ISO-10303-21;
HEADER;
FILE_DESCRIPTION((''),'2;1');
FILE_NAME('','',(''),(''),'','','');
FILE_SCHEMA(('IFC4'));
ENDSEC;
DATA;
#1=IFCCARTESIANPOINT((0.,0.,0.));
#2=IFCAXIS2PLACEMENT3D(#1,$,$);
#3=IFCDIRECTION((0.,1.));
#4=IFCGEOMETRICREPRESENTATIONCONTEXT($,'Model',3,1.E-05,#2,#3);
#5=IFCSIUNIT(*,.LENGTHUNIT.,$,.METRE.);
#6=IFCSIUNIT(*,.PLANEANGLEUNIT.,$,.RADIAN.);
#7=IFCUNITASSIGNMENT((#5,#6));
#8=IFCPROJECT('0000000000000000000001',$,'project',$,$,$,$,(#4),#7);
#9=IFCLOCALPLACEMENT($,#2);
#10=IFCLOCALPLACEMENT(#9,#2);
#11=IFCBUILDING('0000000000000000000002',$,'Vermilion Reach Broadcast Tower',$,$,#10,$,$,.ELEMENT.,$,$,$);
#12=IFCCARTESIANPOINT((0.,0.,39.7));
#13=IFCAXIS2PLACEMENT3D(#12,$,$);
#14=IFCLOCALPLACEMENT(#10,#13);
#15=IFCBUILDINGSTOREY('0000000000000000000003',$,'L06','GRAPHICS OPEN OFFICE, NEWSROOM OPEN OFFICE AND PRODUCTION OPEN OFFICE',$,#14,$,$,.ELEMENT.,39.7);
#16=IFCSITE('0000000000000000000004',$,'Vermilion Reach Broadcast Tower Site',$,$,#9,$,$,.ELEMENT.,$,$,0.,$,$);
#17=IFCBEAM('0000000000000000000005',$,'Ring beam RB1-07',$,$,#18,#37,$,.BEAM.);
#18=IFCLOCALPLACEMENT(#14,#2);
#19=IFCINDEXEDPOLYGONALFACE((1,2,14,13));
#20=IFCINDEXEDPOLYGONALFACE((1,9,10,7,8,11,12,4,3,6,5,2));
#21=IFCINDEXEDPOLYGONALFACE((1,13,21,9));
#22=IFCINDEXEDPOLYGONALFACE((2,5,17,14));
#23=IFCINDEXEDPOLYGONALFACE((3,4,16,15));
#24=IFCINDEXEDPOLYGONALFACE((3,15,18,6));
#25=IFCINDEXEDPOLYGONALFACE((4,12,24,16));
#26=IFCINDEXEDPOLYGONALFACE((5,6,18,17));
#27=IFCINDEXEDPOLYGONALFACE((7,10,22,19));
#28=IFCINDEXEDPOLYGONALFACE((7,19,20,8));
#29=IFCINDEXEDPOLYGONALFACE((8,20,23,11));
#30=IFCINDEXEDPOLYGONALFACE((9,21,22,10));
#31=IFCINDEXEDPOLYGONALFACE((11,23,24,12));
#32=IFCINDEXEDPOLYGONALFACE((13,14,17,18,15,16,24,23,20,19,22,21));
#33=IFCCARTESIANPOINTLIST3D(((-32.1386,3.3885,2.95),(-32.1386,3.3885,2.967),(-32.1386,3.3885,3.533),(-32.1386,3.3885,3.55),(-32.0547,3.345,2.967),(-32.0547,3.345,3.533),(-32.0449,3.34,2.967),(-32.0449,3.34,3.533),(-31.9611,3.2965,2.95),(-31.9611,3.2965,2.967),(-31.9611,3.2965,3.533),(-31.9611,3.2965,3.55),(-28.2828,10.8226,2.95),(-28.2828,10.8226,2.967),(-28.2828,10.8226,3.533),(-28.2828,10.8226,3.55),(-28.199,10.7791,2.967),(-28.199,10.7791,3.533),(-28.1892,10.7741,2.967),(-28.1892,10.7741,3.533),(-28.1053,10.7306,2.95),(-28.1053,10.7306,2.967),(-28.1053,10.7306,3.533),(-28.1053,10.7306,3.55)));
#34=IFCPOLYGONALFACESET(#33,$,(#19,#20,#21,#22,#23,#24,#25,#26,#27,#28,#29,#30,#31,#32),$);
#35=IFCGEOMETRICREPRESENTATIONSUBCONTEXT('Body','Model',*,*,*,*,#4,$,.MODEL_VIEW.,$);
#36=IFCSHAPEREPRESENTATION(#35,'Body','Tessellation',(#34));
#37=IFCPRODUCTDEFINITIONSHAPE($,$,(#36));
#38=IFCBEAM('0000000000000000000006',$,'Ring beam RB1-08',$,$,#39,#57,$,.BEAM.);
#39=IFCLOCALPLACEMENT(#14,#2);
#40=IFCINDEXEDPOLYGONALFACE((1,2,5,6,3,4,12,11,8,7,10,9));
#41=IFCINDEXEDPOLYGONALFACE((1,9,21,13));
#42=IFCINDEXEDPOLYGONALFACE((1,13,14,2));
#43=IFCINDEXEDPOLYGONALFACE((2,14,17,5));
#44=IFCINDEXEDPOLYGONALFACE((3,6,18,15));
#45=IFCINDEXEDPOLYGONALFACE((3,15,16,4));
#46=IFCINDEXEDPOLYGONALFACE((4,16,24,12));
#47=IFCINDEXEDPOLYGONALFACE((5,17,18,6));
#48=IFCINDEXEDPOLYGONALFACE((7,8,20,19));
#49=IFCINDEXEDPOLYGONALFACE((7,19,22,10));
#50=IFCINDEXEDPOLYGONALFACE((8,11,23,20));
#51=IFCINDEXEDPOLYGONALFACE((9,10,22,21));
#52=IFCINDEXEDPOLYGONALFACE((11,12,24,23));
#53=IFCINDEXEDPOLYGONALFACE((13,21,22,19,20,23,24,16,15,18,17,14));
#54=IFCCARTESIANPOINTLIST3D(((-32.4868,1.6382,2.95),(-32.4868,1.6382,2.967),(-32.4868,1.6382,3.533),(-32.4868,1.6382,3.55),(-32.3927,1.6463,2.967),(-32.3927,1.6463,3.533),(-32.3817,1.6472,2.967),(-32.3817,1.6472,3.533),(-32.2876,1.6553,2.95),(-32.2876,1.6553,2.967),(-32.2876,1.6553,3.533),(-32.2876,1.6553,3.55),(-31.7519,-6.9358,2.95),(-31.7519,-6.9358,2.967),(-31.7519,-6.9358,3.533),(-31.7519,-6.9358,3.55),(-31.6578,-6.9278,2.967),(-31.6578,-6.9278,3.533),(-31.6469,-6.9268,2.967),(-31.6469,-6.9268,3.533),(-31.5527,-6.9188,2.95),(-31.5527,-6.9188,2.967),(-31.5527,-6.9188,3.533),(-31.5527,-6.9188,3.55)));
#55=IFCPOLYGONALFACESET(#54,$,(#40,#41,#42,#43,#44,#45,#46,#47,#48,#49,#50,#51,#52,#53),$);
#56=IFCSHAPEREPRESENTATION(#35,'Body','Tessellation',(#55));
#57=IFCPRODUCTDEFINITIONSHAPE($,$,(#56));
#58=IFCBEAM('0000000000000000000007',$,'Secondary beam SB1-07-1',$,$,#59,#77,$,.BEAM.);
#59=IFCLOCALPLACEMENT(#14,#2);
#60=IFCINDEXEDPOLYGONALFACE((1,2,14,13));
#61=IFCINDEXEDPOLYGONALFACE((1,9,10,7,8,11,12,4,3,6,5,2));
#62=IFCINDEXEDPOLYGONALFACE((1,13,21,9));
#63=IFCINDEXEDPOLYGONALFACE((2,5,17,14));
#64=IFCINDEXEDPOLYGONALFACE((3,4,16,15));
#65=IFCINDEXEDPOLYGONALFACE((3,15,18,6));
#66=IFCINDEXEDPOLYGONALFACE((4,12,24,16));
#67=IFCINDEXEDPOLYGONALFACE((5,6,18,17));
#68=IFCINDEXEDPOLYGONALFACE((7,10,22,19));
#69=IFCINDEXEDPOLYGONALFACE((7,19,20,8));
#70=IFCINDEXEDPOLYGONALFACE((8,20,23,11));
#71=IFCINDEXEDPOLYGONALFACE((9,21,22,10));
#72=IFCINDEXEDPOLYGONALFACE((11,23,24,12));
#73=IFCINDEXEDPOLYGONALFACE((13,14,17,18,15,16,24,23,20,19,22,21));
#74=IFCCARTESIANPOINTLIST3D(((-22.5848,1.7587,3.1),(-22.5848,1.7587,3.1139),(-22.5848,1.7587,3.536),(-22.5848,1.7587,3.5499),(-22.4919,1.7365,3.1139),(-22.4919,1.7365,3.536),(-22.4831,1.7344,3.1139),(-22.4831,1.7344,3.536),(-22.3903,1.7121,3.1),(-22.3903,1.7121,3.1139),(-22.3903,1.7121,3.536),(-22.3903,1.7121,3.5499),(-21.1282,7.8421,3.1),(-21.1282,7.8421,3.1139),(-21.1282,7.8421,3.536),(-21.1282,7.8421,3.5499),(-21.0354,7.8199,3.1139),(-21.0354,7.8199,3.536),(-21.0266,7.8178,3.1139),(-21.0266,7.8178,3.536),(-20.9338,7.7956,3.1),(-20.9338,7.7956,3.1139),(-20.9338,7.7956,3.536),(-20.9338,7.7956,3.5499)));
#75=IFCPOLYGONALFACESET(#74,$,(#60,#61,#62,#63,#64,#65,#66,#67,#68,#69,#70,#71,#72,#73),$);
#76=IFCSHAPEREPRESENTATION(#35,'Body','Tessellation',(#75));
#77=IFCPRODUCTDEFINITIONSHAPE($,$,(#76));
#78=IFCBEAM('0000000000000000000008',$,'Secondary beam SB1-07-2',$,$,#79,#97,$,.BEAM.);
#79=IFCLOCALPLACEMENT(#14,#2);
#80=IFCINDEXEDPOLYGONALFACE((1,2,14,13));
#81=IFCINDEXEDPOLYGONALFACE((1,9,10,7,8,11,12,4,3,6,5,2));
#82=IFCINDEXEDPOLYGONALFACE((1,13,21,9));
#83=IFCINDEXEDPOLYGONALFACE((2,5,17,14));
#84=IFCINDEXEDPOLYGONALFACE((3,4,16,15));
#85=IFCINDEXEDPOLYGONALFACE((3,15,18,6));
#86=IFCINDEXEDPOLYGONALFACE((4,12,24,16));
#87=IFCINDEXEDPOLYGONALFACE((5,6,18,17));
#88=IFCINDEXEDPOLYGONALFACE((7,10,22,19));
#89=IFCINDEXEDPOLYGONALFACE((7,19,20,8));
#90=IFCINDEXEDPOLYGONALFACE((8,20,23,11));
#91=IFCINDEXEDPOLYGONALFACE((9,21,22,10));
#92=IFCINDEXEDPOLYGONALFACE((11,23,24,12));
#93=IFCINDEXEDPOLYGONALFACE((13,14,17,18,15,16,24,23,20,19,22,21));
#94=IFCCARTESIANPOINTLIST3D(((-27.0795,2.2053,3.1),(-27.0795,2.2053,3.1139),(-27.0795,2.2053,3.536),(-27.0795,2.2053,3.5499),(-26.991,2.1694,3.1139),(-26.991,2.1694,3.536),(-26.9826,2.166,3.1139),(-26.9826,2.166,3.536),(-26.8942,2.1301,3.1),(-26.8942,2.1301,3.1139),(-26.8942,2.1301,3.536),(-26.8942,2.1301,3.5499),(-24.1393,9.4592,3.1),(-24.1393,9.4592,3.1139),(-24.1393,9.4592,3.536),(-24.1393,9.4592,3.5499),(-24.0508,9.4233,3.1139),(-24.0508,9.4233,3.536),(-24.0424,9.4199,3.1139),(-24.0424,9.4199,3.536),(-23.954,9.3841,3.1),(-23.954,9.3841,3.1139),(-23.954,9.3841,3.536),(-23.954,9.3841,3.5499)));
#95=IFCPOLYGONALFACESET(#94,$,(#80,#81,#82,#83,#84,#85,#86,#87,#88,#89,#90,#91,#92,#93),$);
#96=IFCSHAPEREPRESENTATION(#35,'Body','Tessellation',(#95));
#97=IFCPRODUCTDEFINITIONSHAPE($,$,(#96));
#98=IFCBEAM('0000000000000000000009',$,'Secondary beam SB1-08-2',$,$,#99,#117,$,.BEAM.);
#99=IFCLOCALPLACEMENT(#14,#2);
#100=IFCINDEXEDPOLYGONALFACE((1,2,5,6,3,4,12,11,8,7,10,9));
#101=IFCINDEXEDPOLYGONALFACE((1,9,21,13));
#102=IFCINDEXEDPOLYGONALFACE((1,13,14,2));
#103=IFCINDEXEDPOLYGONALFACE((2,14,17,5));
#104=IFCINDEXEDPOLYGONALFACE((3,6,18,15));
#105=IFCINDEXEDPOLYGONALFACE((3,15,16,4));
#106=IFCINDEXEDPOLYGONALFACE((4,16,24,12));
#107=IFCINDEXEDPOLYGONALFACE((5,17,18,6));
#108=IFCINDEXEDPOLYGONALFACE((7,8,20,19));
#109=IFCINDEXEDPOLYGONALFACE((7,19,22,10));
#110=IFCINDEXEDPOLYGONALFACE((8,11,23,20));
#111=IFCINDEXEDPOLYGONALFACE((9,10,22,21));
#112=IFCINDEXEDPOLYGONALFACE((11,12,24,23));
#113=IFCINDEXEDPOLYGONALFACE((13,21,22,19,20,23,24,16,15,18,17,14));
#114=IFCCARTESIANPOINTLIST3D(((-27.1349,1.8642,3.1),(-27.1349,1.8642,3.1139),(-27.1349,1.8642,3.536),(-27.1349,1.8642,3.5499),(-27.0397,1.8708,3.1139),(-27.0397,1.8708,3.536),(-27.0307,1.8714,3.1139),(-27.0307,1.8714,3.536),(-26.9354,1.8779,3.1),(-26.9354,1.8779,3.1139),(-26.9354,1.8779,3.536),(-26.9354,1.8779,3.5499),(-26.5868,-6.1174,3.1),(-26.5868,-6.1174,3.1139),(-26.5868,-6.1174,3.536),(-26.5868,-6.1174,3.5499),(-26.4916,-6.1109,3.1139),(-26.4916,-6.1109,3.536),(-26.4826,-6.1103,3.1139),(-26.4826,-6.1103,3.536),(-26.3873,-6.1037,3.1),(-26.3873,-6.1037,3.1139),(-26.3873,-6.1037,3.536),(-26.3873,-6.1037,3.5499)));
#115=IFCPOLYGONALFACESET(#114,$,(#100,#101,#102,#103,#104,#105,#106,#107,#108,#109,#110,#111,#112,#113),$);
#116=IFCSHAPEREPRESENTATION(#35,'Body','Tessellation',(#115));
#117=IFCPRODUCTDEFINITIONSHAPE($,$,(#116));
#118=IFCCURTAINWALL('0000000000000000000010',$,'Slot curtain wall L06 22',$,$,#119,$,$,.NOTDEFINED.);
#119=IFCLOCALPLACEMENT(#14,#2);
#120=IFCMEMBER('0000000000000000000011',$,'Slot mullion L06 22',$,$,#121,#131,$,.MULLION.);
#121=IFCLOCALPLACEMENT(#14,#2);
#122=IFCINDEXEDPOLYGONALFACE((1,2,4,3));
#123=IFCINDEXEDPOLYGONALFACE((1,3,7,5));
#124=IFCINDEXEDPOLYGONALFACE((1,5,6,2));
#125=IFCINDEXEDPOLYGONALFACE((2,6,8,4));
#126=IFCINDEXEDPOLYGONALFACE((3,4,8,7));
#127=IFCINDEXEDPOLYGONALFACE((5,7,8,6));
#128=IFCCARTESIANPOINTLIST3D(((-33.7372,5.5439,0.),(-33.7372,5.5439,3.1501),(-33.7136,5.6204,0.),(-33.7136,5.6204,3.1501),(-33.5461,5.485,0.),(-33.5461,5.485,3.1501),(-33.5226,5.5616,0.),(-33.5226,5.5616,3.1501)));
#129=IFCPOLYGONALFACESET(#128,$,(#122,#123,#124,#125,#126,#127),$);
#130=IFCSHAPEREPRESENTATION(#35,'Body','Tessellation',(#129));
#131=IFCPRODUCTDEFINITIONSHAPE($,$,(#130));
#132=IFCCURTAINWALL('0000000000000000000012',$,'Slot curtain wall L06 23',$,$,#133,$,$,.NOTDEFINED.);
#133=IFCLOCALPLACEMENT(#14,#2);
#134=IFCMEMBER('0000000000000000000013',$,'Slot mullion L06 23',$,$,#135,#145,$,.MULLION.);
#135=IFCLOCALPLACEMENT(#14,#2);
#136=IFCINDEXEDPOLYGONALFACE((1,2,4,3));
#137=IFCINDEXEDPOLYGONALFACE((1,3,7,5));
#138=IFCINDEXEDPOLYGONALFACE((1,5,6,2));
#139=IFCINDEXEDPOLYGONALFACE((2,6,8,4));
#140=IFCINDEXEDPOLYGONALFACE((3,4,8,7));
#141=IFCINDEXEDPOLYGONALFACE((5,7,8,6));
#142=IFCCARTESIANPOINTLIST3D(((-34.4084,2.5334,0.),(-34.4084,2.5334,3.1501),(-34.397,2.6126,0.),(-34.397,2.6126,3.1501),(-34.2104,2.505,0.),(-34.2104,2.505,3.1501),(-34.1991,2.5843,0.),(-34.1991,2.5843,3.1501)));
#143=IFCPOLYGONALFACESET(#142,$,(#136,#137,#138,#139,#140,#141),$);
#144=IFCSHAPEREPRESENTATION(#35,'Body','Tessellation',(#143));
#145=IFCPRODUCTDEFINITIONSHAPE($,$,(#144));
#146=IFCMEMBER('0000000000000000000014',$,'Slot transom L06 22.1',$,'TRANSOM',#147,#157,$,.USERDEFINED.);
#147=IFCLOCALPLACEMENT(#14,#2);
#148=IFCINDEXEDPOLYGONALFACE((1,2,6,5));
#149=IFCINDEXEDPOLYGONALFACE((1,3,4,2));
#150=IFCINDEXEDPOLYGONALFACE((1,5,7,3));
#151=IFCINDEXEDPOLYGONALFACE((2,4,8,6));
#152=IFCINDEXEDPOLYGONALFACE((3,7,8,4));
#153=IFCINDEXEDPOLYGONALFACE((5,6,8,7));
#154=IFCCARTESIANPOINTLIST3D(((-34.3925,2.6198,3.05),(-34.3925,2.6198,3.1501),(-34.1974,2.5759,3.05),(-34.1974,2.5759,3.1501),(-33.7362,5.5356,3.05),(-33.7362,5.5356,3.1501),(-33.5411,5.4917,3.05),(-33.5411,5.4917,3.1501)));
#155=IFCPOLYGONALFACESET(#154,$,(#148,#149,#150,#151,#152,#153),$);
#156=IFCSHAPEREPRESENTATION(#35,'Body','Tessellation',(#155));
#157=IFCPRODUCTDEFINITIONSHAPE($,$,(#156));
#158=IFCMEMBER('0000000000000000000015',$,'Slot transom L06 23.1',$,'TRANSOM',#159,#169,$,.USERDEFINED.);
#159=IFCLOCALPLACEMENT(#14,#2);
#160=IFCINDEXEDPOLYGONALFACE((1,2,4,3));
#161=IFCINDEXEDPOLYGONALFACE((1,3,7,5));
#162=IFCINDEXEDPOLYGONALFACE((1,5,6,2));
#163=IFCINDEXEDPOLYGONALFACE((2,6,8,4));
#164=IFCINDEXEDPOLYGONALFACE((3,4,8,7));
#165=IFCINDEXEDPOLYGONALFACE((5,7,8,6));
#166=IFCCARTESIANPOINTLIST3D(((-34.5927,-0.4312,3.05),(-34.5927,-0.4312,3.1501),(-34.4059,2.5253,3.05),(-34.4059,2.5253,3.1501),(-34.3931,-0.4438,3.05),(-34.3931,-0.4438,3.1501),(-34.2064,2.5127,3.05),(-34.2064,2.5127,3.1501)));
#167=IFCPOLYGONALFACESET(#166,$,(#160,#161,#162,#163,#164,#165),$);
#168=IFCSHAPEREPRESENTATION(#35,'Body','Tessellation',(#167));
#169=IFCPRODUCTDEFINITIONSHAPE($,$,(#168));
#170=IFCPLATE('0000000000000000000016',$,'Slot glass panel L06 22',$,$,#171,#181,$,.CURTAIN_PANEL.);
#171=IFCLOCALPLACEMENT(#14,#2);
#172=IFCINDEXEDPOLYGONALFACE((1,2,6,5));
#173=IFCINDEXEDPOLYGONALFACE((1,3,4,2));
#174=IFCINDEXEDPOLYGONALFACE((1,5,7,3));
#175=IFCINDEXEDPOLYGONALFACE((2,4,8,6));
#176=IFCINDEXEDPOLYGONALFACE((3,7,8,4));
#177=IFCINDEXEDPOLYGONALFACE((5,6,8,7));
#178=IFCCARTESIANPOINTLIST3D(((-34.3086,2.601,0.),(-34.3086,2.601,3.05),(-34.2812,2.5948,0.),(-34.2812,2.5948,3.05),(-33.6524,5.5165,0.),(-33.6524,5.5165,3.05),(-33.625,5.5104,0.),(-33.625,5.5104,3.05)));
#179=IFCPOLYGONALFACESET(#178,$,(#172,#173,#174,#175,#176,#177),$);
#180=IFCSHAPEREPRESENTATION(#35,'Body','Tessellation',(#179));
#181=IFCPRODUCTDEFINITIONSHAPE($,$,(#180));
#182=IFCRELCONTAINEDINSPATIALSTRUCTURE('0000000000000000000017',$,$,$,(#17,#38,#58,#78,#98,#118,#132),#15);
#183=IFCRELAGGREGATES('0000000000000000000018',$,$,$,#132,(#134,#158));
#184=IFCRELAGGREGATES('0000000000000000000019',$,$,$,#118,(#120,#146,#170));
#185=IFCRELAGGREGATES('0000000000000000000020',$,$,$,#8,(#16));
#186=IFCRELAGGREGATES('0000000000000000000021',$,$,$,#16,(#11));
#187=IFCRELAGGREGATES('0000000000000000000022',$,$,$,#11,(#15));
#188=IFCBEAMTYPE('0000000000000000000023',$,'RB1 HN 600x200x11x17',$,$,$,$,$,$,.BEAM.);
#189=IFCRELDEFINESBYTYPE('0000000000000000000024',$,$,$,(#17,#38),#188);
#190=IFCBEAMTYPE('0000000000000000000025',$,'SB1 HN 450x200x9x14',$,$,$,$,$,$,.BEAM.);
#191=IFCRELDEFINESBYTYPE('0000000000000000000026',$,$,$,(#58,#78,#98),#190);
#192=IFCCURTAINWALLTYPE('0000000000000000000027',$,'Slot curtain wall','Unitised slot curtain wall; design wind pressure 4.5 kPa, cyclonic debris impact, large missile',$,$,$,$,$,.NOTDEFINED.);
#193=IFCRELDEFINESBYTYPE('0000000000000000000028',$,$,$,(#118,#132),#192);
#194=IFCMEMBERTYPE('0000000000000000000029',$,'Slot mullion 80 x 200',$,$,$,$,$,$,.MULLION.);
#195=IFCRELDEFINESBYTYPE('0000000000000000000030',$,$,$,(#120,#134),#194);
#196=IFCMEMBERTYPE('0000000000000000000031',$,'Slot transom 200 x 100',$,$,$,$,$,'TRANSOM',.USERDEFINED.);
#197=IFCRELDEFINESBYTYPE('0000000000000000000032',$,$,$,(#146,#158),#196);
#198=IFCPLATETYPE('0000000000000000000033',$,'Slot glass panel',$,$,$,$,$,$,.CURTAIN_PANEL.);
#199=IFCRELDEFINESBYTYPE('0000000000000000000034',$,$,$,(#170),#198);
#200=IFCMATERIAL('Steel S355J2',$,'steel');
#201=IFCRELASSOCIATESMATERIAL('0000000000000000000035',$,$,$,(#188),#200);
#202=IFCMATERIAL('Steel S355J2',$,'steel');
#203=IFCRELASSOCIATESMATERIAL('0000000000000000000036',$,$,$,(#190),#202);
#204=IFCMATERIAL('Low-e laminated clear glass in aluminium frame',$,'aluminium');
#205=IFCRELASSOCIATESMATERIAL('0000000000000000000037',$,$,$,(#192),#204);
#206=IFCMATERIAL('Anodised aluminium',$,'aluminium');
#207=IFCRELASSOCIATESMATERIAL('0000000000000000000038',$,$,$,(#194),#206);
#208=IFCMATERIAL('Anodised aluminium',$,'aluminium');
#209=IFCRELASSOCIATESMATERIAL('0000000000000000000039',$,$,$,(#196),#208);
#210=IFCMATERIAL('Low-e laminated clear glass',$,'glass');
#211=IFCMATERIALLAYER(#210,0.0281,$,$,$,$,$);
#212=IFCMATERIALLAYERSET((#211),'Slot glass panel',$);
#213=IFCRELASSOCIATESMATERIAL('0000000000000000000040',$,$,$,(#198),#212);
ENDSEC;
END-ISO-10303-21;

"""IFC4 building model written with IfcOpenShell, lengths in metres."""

from ifc_helpers import new_model, si_unit, direction, frame, origin, origin_2d, place, context, subcontext, project, spatial, rectangle, i_section, extrude, material, layer, layer_set, material_profile, profile_set, type_object, element, aggregate, save


model = new_model("IFC4")

# Units and contexts
model_context = context("Model", 3, precision=1e-05, world=origin(), true_north=direction((0.0, 1.0)))
body_context = subcontext(model_context, "Body", "Model", "MODEL_VIEW")
ifc_project = project(units=[si_unit("LENGTHUNIT", "METRE"), si_unit("PLANEANGLEUNIT", "RADIAN")], contexts=[model_context])

# Site, building, storey
site_placement = place(None, origin())
site = spatial("IfcSite", under=ifc_project, at=site_placement, Name="Vermilion Reach Broadcast Tower Site", CompositionType="ELEMENT", RefElevation=0.0)
building_placement = place(site_placement, origin())
building = spatial("IfcBuilding", under=site, at=building_placement, Name="Vermilion Reach Broadcast Tower", CompositionType="ELEMENT")
storey_placement = place(building_placement, frame((0.0, 0.0, 39.7)))
storey = spatial("IfcBuildingStorey", under=building, at=storey_placement, Name="L06", Description="GRAPHICS OPEN OFFICE, NEWSROOM OPEN OFFICE AND PRODUCTION OPEN OFFICE", CompositionType="ELEMENT", Elevation=39.7)

# Beams
ifc_material_1 = material(Name="Steel S355J2", Category="steel")
ifc_material_profile_1 = material_profile(ifc_material_1, i_section(OverallWidth=0.2, OverallDepth=0.6001, WebThickness=0.011, FlangeThickness=0.0171, at=origin_2d()), Name="S355J2 HN 600x200x11x17")
ifc_profile_set_1 = profile_set([ifc_material_profile_1], Name="Steel S355J2")
beam_type_1 = type_object("IfcBeamType", Name="RB1 HN 600x200x11x17", PredefinedType="BEAM", material=ifc_profile_set_1)
beam_1_placement = place(storey_placement, frame((-28.1941, 10.7766, 3.25), z_axis=(-0.460412, -0.887706, 0.0), x_axis=(0.887706, -0.460412, 0.0)))
element("IfcBeam", 1, at=beam_1_placement, inside=storey, type_object=beam_type_1, Name="Ring beam RB1-07", PredefinedType="BEAM", context=body_context, shape_type="SweptSolid", body=[
    extrude(i_section(OverallWidth=0.2, OverallDepth=0.6001, WebThickness=0.011, FlangeThickness=0.0171, at=origin_2d()), origin(), (0.0, 0.0, 1.0), 8.3745),
])
beam_2_placement = place(storey_placement, frame((-32.3872, 1.6467, 3.25), z_axis=(0.085396, -0.996347, 0.0), x_axis=(0.996347, 0.085396, 0.0)))
element("IfcBeam", 2, at=beam_2_placement, inside=storey, type_object=beam_type_1, Name="Ring beam RB1-08", PredefinedType="BEAM", context=body_context, shape_type="SweptSolid", body=[
    extrude(i_section(OverallWidth=0.2, OverallDepth=0.6001, WebThickness=0.011, FlangeThickness=0.0171, at=origin_2d()), origin(), (0.0, 0.0, 1.0), 8.6055),
])
ifc_material_2 = material(Name="Steel S355J2", Category="steel")
ifc_material_profile_2 = material_profile(ifc_material_2, i_section(OverallWidth=0.2, OverallDepth=0.45, WebThickness=0.009, FlangeThickness=0.0139, at=origin_2d()), Name="S355J2 HN 450x200x9x14")
ifc_profile_set_2 = profile_set([ifc_material_profile_2], Name="Steel S355J2")
beam_type_2 = type_object("IfcBeamType", Name="SB1 HN 450x200x9x14", PredefinedType="BEAM", material=ifc_profile_set_2)
beam_3_placement = place(storey_placement, frame((-21.031, 7.8188, 3.325), z_axis=(-0.232844, -0.972514, 0.0), x_axis=(0.972514, -0.232844, 0.0)))
element("IfcBeam", 3, at=beam_3_placement, inside=storey, type_object=beam_type_2, Name="Secondary beam SB1-07-1", PredefinedType="BEAM", context=body_context, shape_type="SweptSolid", body=[
    extrude(i_section(OverallWidth=0.2, OverallDepth=0.45, WebThickness=0.009, FlangeThickness=0.0139, at=origin_2d()), origin(), (0.0, 0.0, 1.0), 6.2554),
])
beam_4_placement = place(storey_placement, frame((-24.0466, 9.4216, 3.325), z_axis=(-0.375641, -0.926765, 0.0), x_axis=(0.926765, -0.375641, 0.0)))
element("IfcBeam", 4, at=beam_4_placement, inside=storey, type_object=beam_type_2, Name="Secondary beam SB1-07-2", PredefinedType="BEAM", context=body_context, shape_type="SweptSolid", body=[
    extrude(i_section(OverallWidth=0.2, OverallDepth=0.45, WebThickness=0.009, FlangeThickness=0.0139, at=origin_2d()), origin(), (0.0, 0.0, 1.0), 7.8271),
])
beam_5_placement = place(storey_placement, frame((-27.0352, 1.8711, 3.325), z_axis=(0.068508, -0.997651, 0.0), x_axis=(0.997651, 0.068508, 0.0)))
element("IfcBeam", 5, at=beam_5_placement, inside=storey, type_object=beam_type_2, Name="Secondary beam SB1-08-2", PredefinedType="BEAM", context=body_context, shape_type="SweptSolid", body=[
    extrude(i_section(OverallWidth=0.2, OverallDepth=0.45, WebThickness=0.009, FlangeThickness=0.0139, at=origin_2d()), origin(), (0.0, 0.0, 1.0), 8.0005),
])

# Curtain walls, members
ifc_material_3 = material(Name="Low-e laminated clear glass in aluminium frame", Category="aluminium")
curtain_wall_type = type_object("IfcCurtainWallType", Name="Slot curtain wall", Description="Unitised slot curtain wall; design wind pressure 4.5 kPa, cyclonic debris impact, large missile", PredefinedType="NOTDEFINED", material=ifc_material_3)
placement = place(storey_placement, origin())
curtain_wall_1 = element("IfcCurtainWall", 6, at=placement, inside=storey, type_object=curtain_wall_type, Name="Slot curtain wall L06 22", PredefinedType="NOTDEFINED")
ifc_material_4 = material(Name="Anodised aluminium", Category="aluminium")
ifc_material_profile_3 = material_profile(ifc_material_4, rectangle(XDim=0.2, YDim=0.0801, at=origin_2d()), Name="Slot mullion 80 x 200")
ifc_profile_set_3 = profile_set([ifc_material_profile_3], Name="Anodised aluminium")
member_type_1 = type_object("IfcMemberType", Name="Slot mullion 80 x 200", PredefinedType="MULLION", material=ifc_profile_set_3)
member_1_placement = place(storey_placement, frame((-33.6299, 5.5527, 0.0), z_axis=(0.0, 0.0, 1.0), x_axis=(0.955724, -0.294264, 0.0)))
member_1 = element("IfcMember", 7, at=member_1_placement, type_object=member_type_1, Name="Slot mullion L06 22", PredefinedType="MULLION", context=body_context, shape_type="SweptSolid", body=[
    extrude(rectangle(XDim=0.2, YDim=0.0801, at=origin_2d()), origin(), (0.0, 0.0, 1.0), 3.1501),
])
curtain_wall_2 = element("IfcCurtainWall", 8, at=placement, inside=storey, type_object=curtain_wall_type, Name="Slot curtain wall L06 23", PredefinedType="NOTDEFINED")
member_2_placement = place(storey_placement, frame((-34.3037, 2.5588, 0.0), z_axis=(0.0, 0.0, 1.0), x_axis=(0.989903, -0.141746, 0.0)))
member_2 = element("IfcMember", 9, at=member_2_placement, type_object=member_type_1, Name="Slot mullion L06 23", PredefinedType="MULLION", context=body_context, shape_type="SweptSolid", body=[
    extrude(rectangle(XDim=0.2, YDim=0.0801, at=origin_2d()), origin(), (0.0, 0.0, 1.0), 3.1501),
])

# Members
ifc_material_5 = material(Name="Anodised aluminium", Category="aluminium")
ifc_material_profile_4 = material_profile(ifc_material_5, rectangle(XDim=0.2, YDim=0.1001, at=origin_2d()), Name="Slot transom 200 x 100")
ifc_profile_set_4 = profile_set([ifc_material_profile_4], Name="Anodised aluminium")
member_type_2 = type_object("IfcMemberType", Name="Slot transom 200 x 100", ElementType="TRANSOM", PredefinedType="USERDEFINED", material=ifc_profile_set_4)
member_3_placement = place(storey_placement, frame((-33.6387, 5.5137, 3.1001), z_axis=(-0.219576, -0.975595, 0.0), x_axis=(0.975595, -0.219576, 0.0)))
member_3 = element("IfcMember", 10, at=member_3_placement, type_object=member_type_2, Name="Slot transom L06 22.1", ObjectType="TRANSOM", PredefinedType="USERDEFINED", context=body_context, shape_type="SweptSolid", body=[
    extrude(rectangle(XDim=0.2, YDim=0.1001, at=origin_2d()), origin(), (0.0, 0.0, 1.0), 2.9888),
])
member_4_placement = place(storey_placement, frame((-34.3062, 2.519, 3.1001), z_axis=(-0.063045, -0.998011, 0.0), x_axis=(0.998011, -0.063045, 0.0)))
member_4 = element("IfcMember", 11, at=member_4_placement, type_object=member_type_2, Name="Slot transom L06 23.1", ObjectType="TRANSOM", PredefinedType="USERDEFINED", context=body_context, shape_type="SweptSolid", body=[
    extrude(rectangle(XDim=0.2, YDim=0.1001, at=origin_2d()), origin(), (0.0, 0.0, 1.0), 2.9624),
])
aggregate(curtain_wall_2, [member_2, member_4])

# Plate
ifc_material_6 = material(Name="Low-e laminated clear glass", Category="glass")
ifc_layer_1 = layer(ifc_material_6, 0.0281)
ifc_layer_set_1 = layer_set([ifc_layer_1], Name="Slot glass panel")
plate_type = type_object("IfcPlateType", Name="Slot glass panel", PredefinedType="CURTAIN_PANEL", material=ifc_layer_set_1)
plate_placement = place(storey_placement, frame((-33.9668, 4.0557, 0.0), z_axis=(0.0, 0.0, 1.0), x_axis=(-0.219583, -0.975594, 0.0)))
plate = element("IfcPlate", 12, at=plate_placement, type_object=plate_type, Name="Slot glass panel L06 22", PredefinedType="CURTAIN_PANEL", context=body_context, shape_type="SweptSolid", body=[
    extrude(rectangle(XDim=2.9885, YDim=0.0281, at=origin_2d()), origin(), (0.0, 0.0, 1.0), 3.05),
])
aggregate(curtain_wall_1, [member_1, member_3, plate])

save(model, "model.ifc")
